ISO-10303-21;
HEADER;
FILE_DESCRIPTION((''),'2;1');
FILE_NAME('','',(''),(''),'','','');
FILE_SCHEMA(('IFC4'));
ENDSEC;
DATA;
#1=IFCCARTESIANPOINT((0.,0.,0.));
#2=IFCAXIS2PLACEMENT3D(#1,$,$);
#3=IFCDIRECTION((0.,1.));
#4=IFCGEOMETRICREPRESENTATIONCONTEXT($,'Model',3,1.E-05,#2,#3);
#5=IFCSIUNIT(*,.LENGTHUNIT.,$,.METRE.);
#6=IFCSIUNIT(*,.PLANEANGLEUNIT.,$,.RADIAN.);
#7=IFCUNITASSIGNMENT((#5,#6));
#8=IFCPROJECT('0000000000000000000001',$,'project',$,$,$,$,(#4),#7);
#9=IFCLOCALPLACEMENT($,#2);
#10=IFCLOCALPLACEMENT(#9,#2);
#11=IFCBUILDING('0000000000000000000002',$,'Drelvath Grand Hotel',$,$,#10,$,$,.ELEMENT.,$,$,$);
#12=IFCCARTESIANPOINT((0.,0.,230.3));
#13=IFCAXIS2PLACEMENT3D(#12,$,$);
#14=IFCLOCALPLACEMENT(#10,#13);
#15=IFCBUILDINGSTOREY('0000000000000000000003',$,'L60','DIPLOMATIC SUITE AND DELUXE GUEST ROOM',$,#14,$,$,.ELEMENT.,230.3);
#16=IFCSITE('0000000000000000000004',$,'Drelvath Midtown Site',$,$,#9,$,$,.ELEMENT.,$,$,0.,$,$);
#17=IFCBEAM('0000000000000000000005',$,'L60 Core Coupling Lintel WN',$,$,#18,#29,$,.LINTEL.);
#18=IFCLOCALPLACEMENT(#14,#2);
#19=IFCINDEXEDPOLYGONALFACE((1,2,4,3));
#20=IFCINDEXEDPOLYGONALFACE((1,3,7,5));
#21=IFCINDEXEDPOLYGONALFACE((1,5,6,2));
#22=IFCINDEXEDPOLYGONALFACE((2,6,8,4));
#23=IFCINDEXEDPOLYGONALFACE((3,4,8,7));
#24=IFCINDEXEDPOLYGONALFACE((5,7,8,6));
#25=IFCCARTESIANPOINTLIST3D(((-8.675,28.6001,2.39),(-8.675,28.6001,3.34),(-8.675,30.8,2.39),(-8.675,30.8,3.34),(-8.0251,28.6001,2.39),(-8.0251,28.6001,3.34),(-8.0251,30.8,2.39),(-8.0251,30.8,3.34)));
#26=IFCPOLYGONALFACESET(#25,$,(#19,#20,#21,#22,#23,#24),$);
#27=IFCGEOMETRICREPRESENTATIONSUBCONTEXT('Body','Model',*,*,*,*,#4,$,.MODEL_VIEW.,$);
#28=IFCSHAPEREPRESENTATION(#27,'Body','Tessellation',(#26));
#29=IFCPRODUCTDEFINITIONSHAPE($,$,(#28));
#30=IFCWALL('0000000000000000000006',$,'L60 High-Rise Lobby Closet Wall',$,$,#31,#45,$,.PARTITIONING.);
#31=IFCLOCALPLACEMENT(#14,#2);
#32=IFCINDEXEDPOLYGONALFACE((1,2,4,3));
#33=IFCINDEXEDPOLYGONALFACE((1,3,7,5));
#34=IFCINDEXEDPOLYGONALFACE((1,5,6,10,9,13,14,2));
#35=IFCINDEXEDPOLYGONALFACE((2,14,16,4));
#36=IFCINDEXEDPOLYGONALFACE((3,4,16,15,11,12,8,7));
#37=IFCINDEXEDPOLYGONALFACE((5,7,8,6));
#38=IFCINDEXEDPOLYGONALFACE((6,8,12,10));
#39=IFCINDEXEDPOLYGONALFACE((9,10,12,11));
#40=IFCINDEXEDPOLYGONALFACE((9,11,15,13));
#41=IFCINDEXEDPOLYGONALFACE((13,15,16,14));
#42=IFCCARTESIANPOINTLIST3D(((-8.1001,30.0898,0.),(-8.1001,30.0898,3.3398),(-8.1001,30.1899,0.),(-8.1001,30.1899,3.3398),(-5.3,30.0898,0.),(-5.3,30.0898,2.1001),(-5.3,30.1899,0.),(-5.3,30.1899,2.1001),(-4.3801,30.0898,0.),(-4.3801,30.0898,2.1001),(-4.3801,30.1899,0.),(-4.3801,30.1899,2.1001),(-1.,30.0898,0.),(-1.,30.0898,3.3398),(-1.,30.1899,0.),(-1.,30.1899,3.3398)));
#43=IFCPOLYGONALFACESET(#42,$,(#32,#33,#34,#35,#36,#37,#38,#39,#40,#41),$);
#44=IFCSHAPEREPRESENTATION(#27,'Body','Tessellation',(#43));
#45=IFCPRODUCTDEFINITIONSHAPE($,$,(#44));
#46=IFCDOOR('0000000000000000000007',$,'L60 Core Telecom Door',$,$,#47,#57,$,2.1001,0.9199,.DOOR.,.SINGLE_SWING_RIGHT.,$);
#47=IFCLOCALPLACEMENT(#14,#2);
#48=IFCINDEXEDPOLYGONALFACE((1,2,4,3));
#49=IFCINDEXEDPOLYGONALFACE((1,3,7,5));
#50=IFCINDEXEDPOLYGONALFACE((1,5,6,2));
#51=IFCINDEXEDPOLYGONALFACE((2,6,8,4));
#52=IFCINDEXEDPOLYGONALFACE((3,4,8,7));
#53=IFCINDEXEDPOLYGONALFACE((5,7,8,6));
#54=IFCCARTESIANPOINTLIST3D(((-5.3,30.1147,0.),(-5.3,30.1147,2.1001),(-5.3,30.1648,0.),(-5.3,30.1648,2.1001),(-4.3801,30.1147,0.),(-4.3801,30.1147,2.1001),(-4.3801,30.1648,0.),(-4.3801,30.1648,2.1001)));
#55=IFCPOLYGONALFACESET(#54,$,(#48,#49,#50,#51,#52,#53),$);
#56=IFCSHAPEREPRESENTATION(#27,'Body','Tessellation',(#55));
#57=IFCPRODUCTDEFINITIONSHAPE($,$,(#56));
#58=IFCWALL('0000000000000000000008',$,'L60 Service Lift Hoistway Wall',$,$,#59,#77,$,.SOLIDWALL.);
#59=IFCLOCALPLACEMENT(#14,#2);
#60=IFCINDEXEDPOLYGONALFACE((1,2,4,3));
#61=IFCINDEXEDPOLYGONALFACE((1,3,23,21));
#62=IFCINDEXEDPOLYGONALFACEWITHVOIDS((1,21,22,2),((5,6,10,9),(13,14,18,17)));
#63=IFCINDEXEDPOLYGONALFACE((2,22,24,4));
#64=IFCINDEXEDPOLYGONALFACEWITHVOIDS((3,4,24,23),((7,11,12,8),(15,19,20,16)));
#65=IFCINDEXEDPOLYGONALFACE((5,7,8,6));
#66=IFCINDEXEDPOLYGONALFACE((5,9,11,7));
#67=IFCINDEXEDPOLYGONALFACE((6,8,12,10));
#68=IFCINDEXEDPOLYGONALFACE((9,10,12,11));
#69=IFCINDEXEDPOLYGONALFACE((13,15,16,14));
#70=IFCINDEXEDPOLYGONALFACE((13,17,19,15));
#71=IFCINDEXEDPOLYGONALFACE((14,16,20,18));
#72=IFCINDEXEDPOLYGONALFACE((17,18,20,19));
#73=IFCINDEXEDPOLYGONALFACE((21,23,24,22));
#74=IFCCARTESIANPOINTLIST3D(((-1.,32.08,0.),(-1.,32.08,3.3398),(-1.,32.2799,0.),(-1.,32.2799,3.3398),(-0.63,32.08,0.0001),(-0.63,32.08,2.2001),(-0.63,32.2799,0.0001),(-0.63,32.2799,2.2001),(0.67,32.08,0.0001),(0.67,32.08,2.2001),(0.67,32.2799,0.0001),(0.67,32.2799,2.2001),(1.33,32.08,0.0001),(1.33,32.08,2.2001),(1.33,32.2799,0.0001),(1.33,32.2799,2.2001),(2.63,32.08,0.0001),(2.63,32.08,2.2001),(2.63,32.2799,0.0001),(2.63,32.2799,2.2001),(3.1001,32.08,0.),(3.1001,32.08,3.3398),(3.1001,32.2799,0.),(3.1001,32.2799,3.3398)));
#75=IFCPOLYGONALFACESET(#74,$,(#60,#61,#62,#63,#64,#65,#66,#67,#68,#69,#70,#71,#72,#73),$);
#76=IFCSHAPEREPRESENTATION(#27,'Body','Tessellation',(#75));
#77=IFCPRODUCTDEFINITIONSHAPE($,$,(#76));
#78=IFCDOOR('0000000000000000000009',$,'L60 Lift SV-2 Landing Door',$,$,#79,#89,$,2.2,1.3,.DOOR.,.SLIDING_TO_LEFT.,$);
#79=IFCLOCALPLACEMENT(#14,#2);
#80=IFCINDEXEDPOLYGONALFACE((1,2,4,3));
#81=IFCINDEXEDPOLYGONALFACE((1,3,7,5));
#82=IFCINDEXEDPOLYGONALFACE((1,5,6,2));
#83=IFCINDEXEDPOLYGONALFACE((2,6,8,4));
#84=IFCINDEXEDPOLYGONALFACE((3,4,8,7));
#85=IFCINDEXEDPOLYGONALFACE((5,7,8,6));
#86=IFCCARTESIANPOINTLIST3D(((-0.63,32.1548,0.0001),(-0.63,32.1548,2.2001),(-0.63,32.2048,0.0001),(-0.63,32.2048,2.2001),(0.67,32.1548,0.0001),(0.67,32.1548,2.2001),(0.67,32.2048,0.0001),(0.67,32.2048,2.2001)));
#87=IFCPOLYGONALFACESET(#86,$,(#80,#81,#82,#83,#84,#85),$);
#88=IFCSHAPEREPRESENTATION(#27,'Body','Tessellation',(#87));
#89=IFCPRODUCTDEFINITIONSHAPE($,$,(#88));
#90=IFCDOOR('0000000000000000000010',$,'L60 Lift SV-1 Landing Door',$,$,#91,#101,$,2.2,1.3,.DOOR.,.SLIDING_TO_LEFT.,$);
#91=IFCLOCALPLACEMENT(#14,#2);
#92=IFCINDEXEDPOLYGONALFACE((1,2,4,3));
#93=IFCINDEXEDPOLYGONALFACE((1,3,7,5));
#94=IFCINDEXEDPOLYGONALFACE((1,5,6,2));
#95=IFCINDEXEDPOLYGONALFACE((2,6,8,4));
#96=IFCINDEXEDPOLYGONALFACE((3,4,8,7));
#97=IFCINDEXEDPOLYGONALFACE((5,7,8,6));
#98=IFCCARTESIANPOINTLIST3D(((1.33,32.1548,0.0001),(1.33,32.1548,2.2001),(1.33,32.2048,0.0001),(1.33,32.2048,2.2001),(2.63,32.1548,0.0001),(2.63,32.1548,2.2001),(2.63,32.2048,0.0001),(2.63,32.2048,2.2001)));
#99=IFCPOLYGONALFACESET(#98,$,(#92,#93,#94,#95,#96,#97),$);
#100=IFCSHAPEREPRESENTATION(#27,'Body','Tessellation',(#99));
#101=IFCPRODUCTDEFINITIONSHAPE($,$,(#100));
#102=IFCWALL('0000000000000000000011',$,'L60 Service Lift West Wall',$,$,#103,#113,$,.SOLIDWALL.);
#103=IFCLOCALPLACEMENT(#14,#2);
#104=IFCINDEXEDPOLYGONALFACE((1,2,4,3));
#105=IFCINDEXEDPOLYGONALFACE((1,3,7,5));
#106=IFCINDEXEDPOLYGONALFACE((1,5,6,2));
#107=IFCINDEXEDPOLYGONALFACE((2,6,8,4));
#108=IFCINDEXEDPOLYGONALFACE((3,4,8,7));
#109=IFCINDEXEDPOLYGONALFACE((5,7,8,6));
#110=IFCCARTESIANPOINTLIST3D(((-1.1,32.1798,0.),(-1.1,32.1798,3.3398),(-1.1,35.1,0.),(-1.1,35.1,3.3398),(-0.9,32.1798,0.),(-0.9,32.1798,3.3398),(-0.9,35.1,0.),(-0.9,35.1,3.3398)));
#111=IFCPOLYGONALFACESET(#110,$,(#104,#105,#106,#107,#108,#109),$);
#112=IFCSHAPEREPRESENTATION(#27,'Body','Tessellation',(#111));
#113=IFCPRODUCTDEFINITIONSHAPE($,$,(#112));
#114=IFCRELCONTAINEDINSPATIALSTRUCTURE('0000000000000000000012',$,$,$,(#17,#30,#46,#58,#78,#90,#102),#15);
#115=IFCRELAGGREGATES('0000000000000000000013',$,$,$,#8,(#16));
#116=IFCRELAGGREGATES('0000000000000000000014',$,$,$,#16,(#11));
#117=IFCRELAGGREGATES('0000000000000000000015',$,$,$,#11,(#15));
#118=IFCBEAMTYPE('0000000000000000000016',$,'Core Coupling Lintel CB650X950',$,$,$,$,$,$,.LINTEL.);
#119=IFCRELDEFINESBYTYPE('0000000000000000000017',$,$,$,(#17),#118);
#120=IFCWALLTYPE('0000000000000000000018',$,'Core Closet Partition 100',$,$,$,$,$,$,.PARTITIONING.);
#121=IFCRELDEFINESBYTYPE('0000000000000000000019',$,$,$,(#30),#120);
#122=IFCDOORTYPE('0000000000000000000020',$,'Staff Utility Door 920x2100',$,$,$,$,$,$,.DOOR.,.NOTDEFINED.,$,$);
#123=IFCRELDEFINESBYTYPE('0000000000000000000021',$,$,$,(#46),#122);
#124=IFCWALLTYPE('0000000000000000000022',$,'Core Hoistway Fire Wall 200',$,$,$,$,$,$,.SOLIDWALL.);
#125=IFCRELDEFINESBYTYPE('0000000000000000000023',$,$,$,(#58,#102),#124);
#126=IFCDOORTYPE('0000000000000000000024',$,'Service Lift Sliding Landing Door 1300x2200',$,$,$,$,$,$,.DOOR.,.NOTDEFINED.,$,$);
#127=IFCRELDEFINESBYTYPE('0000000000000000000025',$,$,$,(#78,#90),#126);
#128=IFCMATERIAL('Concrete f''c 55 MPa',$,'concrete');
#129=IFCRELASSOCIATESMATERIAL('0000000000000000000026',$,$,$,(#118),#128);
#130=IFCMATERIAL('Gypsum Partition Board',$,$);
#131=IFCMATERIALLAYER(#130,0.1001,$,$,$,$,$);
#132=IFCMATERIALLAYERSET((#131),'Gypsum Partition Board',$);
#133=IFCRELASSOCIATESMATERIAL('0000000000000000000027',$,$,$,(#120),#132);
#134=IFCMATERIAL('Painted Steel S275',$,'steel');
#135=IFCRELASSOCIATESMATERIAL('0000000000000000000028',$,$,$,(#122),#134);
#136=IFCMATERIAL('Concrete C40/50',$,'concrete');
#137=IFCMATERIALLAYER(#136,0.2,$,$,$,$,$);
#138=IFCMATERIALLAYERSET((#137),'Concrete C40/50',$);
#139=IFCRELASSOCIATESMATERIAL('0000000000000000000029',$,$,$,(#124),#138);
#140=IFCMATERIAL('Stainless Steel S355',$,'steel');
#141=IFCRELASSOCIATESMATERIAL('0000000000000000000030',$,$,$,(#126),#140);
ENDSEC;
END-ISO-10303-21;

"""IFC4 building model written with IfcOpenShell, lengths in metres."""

from ifc_helpers import new_model, si_unit, direction, frame, frame_2d, origin, origin_2d, place, context, subcontext, project, spatial, rectangle, extrude, material, layer, layer_set, material_profile, profile_set, type_object, element, fill, save


model = new_model("IFC4")

# Units and contexts
model_context = context("Model", 3, precision=1e-05, world=origin(), true_north=direction((0.0, 1.0)))
body_context = subcontext(model_context, "Body", "Model", "MODEL_VIEW")
ifc_project = project(units=[si_unit("LENGTHUNIT", "METRE"), si_unit("PLANEANGLEUNIT", "RADIAN")], contexts=[model_context])

# Site, building, storey
site_placement = place(None, origin())
site = spatial("IfcSite", under=ifc_project, at=site_placement, Name="Drelvath Midtown Site", CompositionType="ELEMENT", RefElevation=0.0)
building_placement = place(site_placement, origin())
building = spatial("IfcBuilding", under=site, at=building_placement, Name="Drelvath Grand Hotel", CompositionType="ELEMENT")
storey_placement = place(building_placement, frame((0.0, 0.0, 230.3)))
storey = spatial("IfcBuildingStorey", under=building, at=storey_placement, Name="L60", Description="DIPLOMATIC SUITE AND DELUXE GUEST ROOM", CompositionType="ELEMENT", Elevation=230.3)

# Beam
ifc_material_1 = material(Name="Concrete f'c 55 MPa", Category="concrete")
ifc_material_profile = material_profile(ifc_material_1, rectangle(XDim=0.6499, YDim=0.95, at=origin_2d()), Name="CB650X950")
ifc_profile_set = profile_set([ifc_material_profile], Name="Concrete f'c 55 MPa")
beam_type = type_object("IfcBeamType", Name="Core Coupling Lintel CB650X950", PredefinedType="LINTEL", material=ifc_profile_set)
beam_placement = place(storey_placement, frame((-8.3501, 28.6001, 2.865), z_axis=(0.0, 1.0, 0.0), x_axis=(-1.0, 0.0, 0.0)))
element("IfcBeam", 1, at=beam_placement, inside=storey, type_object=beam_type, Name="L60 Core Coupling Lintel WN", PredefinedType="LINTEL", context=body_context, shape_type="SweptSolid", body=[
    extrude(rectangle(XDim=0.6499, YDim=0.95, at=origin_2d()), origin(), (0.0, 0.0, 1.0), 2.2),
])

# Wall, opening, door
ifc_material_2 = material(Name="Gypsum Partition Board")
ifc_layer_1 = layer(ifc_material_2, 0.1001)
ifc_layer_set_1 = layer_set([ifc_layer_1], Name="Gypsum Partition Board")
wall_type_1 = type_object("IfcWallType", Name="Core Closet Partition 100", PredefinedType="PARTITIONING", material=ifc_layer_set_1)
wall_1_placement = place(storey_placement, frame((-8.1001, 30.1399, 0.0), z_axis=(0.0, 0.0, 1.0), x_axis=(1.0, 0.0, 0.0)))
wall_1 = element("IfcWall", 2, at=wall_1_placement, inside=storey, type_object=wall_type_1, Name="L60 High-Rise Lobby Closet Wall", PredefinedType="PARTITIONING", context=body_context, shape_type="SweptSolid", body=[
    extrude(rectangle(XDim=7.1001, YDim=0.1001, at=frame_2d((3.55, 0.0))), origin(), (0.0, 0.0, 1.0), 3.3398),
])
opening_1_placement = place(wall_1_placement, frame((2.8, 0.0, 0.0)))
opening_1 = element("IfcOpeningElement", 3, at=opening_1_placement, cuts=wall_1, PredefinedType="OPENING", context=body_context, shape_type="SweptSolid", body=[
    extrude(rectangle(XDim=0.9199, YDim=2.1001, at=frame_2d((0.46, 1.05))), frame((0.0, 0.0601, 0.0), z_axis=(0.0, -1.0, 0.0), x_axis=(1.0, 0.0, 0.0)), (0.0, 0.0, 1.0), 0.1201),
])
ifc_material_3 = material(Name="Painted Steel S275", Category="steel")
door_type_1 = type_object("IfcDoorType", Name="Staff Utility Door 920x2100", OperationType="NOTDEFINED", PredefinedType="DOOR", material=ifc_material_3)
door_1_placement = place(opening_1_placement, origin())
door_1 = element("IfcDoor", 4, at=door_1_placement, inside=storey, type_object=door_type_1, Name="L60 Core Telecom Door", OperationType="SINGLE_SWING_RIGHT", OverallHeight=2.1001, OverallWidth=0.9199, PredefinedType="DOOR", context=body_context, shape_type="SweptSolid", body=[
    extrude(rectangle(XDim=0.9199, YDim=2.1001, at=frame_2d((0.46, 1.05))), frame((0.0, 0.0249, 0.0), z_axis=(0.0, -1.0, 0.0), x_axis=(1.0, 0.0, 0.0)), (0.0, 0.0, 1.0), 0.05),
])
fill(opening_1, door_1)

# Wall, openings, doors
ifc_material_4 = material(Name="Concrete C40/50", Category="concrete")
ifc_layer_2 = layer(ifc_material_4, 0.2)
ifc_layer_set_2 = layer_set([ifc_layer_2], Name="Concrete C40/50")
wall_type_2 = type_object("IfcWallType", Name="Core Hoistway Fire Wall 200", PredefinedType="SOLIDWALL", material=ifc_layer_set_2)
wall_2_placement = place(storey_placement, frame((-1.0, 32.1799, 0.0), z_axis=(0.0, 0.0, 1.0), x_axis=(1.0, 0.0, 0.0)))
wall_2 = element("IfcWall", 5, at=wall_2_placement, inside=storey, type_object=wall_type_2, Name="L60 Service Lift Hoistway Wall", PredefinedType="SOLIDWALL", context=body_context, shape_type="SweptSolid", body=[
    extrude(rectangle(XDim=4.1001, YDim=0.2, at=frame_2d((2.05, 0.0))), origin(), (0.0, 0.0, 1.0), 3.3398),
])
opening_2_placement = place(wall_2_placement, frame((0.3701, 0.0, 0.0)))
opening_2 = element("IfcOpeningElement", 6, at=opening_2_placement, cuts=wall_2, PredefinedType="OPENING", context=body_context, shape_type="SweptSolid", body=[
    extrude(rectangle(XDim=1.3, YDim=2.2, at=frame_2d((0.6499, 1.1001))), frame((0.0, 0.1099, 0.0), z_axis=(0.0, -1.0, 0.0), x_axis=(1.0, 0.0, 0.0)), (0.0, 0.0, 1.0), 0.22),
])
opening_3_placement = place(wall_2_placement, frame((2.3301, 0.0, 0.0)))
opening_3 = element("IfcOpeningElement", 7, at=opening_3_placement, cuts=wall_2, PredefinedType="OPENING", context=body_context, shape_type="SweptSolid", body=[
    extrude(rectangle(XDim=1.3, YDim=2.2, at=frame_2d((0.6499, 1.1001))), frame((0.0, 0.1099, 0.0), z_axis=(0.0, -1.0, 0.0), x_axis=(1.0, 0.0, 0.0)), (0.0, 0.0, 1.0), 0.22),
])
ifc_material_5 = material(Name="Stainless Steel S355", Category="steel")
door_type_2 = type_object("IfcDoorType", Name="Service Lift Sliding Landing Door 1300x2200", OperationType="NOTDEFINED", PredefinedType="DOOR", material=ifc_material_5)
door_2_placement = place(opening_2_placement, origin())
door_2 = element("IfcDoor", 8, at=door_2_placement, inside=storey, type_object=door_type_2, Name="L60 Lift SV-2 Landing Door", OperationType="SLIDING_TO_LEFT", OverallHeight=2.2, OverallWidth=1.3, PredefinedType="DOOR", context=body_context, shape_type="SweptSolid", body=[
    extrude(rectangle(XDim=1.3, YDim=2.2, at=frame_2d((0.6499, 1.1001))), frame((0.0, 0.0249, 0.0), z_axis=(0.0, -1.0, 0.0), x_axis=(1.0, 0.0, 0.0)), (0.0, 0.0, 1.0), 0.05),
])
fill(opening_2, door_2)
door_3_placement = place(opening_3_placement, origin())
door_3 = element("IfcDoor", 9, at=door_3_placement, inside=storey, type_object=door_type_2, Name="L60 Lift SV-1 Landing Door", OperationType="SLIDING_TO_LEFT", OverallHeight=2.2, OverallWidth=1.3, PredefinedType="DOOR", context=body_context, shape_type="SweptSolid", body=[
    extrude(rectangle(XDim=1.3, YDim=2.2, at=frame_2d((0.6499, 1.1001))), frame((0.0, 0.0249, 0.0), z_axis=(0.0, -1.0, 0.0), x_axis=(1.0, 0.0, 0.0)), (0.0, 0.0, 1.0), 0.05),
])
fill(opening_3, door_3)

# Wall
wall_3_placement = place(storey_placement, frame((-1.0, 32.1799, 0.0), z_axis=(0.0, 0.0, 1.0), x_axis=(0.0, 1.0, 0.0)))
element("IfcWall", 10, at=wall_3_placement, inside=storey, type_object=wall_type_2, Name="L60 Service Lift West Wall", PredefinedType="SOLIDWALL", context=body_context, shape_type="SweptSolid", body=[
    extrude(rectangle(XDim=2.9202, YDim=0.2, at=frame_2d((1.46, 0.0))), origin(), (0.0, 0.0, 1.0), 3.3398),
])

save(model, "model.ifc")
